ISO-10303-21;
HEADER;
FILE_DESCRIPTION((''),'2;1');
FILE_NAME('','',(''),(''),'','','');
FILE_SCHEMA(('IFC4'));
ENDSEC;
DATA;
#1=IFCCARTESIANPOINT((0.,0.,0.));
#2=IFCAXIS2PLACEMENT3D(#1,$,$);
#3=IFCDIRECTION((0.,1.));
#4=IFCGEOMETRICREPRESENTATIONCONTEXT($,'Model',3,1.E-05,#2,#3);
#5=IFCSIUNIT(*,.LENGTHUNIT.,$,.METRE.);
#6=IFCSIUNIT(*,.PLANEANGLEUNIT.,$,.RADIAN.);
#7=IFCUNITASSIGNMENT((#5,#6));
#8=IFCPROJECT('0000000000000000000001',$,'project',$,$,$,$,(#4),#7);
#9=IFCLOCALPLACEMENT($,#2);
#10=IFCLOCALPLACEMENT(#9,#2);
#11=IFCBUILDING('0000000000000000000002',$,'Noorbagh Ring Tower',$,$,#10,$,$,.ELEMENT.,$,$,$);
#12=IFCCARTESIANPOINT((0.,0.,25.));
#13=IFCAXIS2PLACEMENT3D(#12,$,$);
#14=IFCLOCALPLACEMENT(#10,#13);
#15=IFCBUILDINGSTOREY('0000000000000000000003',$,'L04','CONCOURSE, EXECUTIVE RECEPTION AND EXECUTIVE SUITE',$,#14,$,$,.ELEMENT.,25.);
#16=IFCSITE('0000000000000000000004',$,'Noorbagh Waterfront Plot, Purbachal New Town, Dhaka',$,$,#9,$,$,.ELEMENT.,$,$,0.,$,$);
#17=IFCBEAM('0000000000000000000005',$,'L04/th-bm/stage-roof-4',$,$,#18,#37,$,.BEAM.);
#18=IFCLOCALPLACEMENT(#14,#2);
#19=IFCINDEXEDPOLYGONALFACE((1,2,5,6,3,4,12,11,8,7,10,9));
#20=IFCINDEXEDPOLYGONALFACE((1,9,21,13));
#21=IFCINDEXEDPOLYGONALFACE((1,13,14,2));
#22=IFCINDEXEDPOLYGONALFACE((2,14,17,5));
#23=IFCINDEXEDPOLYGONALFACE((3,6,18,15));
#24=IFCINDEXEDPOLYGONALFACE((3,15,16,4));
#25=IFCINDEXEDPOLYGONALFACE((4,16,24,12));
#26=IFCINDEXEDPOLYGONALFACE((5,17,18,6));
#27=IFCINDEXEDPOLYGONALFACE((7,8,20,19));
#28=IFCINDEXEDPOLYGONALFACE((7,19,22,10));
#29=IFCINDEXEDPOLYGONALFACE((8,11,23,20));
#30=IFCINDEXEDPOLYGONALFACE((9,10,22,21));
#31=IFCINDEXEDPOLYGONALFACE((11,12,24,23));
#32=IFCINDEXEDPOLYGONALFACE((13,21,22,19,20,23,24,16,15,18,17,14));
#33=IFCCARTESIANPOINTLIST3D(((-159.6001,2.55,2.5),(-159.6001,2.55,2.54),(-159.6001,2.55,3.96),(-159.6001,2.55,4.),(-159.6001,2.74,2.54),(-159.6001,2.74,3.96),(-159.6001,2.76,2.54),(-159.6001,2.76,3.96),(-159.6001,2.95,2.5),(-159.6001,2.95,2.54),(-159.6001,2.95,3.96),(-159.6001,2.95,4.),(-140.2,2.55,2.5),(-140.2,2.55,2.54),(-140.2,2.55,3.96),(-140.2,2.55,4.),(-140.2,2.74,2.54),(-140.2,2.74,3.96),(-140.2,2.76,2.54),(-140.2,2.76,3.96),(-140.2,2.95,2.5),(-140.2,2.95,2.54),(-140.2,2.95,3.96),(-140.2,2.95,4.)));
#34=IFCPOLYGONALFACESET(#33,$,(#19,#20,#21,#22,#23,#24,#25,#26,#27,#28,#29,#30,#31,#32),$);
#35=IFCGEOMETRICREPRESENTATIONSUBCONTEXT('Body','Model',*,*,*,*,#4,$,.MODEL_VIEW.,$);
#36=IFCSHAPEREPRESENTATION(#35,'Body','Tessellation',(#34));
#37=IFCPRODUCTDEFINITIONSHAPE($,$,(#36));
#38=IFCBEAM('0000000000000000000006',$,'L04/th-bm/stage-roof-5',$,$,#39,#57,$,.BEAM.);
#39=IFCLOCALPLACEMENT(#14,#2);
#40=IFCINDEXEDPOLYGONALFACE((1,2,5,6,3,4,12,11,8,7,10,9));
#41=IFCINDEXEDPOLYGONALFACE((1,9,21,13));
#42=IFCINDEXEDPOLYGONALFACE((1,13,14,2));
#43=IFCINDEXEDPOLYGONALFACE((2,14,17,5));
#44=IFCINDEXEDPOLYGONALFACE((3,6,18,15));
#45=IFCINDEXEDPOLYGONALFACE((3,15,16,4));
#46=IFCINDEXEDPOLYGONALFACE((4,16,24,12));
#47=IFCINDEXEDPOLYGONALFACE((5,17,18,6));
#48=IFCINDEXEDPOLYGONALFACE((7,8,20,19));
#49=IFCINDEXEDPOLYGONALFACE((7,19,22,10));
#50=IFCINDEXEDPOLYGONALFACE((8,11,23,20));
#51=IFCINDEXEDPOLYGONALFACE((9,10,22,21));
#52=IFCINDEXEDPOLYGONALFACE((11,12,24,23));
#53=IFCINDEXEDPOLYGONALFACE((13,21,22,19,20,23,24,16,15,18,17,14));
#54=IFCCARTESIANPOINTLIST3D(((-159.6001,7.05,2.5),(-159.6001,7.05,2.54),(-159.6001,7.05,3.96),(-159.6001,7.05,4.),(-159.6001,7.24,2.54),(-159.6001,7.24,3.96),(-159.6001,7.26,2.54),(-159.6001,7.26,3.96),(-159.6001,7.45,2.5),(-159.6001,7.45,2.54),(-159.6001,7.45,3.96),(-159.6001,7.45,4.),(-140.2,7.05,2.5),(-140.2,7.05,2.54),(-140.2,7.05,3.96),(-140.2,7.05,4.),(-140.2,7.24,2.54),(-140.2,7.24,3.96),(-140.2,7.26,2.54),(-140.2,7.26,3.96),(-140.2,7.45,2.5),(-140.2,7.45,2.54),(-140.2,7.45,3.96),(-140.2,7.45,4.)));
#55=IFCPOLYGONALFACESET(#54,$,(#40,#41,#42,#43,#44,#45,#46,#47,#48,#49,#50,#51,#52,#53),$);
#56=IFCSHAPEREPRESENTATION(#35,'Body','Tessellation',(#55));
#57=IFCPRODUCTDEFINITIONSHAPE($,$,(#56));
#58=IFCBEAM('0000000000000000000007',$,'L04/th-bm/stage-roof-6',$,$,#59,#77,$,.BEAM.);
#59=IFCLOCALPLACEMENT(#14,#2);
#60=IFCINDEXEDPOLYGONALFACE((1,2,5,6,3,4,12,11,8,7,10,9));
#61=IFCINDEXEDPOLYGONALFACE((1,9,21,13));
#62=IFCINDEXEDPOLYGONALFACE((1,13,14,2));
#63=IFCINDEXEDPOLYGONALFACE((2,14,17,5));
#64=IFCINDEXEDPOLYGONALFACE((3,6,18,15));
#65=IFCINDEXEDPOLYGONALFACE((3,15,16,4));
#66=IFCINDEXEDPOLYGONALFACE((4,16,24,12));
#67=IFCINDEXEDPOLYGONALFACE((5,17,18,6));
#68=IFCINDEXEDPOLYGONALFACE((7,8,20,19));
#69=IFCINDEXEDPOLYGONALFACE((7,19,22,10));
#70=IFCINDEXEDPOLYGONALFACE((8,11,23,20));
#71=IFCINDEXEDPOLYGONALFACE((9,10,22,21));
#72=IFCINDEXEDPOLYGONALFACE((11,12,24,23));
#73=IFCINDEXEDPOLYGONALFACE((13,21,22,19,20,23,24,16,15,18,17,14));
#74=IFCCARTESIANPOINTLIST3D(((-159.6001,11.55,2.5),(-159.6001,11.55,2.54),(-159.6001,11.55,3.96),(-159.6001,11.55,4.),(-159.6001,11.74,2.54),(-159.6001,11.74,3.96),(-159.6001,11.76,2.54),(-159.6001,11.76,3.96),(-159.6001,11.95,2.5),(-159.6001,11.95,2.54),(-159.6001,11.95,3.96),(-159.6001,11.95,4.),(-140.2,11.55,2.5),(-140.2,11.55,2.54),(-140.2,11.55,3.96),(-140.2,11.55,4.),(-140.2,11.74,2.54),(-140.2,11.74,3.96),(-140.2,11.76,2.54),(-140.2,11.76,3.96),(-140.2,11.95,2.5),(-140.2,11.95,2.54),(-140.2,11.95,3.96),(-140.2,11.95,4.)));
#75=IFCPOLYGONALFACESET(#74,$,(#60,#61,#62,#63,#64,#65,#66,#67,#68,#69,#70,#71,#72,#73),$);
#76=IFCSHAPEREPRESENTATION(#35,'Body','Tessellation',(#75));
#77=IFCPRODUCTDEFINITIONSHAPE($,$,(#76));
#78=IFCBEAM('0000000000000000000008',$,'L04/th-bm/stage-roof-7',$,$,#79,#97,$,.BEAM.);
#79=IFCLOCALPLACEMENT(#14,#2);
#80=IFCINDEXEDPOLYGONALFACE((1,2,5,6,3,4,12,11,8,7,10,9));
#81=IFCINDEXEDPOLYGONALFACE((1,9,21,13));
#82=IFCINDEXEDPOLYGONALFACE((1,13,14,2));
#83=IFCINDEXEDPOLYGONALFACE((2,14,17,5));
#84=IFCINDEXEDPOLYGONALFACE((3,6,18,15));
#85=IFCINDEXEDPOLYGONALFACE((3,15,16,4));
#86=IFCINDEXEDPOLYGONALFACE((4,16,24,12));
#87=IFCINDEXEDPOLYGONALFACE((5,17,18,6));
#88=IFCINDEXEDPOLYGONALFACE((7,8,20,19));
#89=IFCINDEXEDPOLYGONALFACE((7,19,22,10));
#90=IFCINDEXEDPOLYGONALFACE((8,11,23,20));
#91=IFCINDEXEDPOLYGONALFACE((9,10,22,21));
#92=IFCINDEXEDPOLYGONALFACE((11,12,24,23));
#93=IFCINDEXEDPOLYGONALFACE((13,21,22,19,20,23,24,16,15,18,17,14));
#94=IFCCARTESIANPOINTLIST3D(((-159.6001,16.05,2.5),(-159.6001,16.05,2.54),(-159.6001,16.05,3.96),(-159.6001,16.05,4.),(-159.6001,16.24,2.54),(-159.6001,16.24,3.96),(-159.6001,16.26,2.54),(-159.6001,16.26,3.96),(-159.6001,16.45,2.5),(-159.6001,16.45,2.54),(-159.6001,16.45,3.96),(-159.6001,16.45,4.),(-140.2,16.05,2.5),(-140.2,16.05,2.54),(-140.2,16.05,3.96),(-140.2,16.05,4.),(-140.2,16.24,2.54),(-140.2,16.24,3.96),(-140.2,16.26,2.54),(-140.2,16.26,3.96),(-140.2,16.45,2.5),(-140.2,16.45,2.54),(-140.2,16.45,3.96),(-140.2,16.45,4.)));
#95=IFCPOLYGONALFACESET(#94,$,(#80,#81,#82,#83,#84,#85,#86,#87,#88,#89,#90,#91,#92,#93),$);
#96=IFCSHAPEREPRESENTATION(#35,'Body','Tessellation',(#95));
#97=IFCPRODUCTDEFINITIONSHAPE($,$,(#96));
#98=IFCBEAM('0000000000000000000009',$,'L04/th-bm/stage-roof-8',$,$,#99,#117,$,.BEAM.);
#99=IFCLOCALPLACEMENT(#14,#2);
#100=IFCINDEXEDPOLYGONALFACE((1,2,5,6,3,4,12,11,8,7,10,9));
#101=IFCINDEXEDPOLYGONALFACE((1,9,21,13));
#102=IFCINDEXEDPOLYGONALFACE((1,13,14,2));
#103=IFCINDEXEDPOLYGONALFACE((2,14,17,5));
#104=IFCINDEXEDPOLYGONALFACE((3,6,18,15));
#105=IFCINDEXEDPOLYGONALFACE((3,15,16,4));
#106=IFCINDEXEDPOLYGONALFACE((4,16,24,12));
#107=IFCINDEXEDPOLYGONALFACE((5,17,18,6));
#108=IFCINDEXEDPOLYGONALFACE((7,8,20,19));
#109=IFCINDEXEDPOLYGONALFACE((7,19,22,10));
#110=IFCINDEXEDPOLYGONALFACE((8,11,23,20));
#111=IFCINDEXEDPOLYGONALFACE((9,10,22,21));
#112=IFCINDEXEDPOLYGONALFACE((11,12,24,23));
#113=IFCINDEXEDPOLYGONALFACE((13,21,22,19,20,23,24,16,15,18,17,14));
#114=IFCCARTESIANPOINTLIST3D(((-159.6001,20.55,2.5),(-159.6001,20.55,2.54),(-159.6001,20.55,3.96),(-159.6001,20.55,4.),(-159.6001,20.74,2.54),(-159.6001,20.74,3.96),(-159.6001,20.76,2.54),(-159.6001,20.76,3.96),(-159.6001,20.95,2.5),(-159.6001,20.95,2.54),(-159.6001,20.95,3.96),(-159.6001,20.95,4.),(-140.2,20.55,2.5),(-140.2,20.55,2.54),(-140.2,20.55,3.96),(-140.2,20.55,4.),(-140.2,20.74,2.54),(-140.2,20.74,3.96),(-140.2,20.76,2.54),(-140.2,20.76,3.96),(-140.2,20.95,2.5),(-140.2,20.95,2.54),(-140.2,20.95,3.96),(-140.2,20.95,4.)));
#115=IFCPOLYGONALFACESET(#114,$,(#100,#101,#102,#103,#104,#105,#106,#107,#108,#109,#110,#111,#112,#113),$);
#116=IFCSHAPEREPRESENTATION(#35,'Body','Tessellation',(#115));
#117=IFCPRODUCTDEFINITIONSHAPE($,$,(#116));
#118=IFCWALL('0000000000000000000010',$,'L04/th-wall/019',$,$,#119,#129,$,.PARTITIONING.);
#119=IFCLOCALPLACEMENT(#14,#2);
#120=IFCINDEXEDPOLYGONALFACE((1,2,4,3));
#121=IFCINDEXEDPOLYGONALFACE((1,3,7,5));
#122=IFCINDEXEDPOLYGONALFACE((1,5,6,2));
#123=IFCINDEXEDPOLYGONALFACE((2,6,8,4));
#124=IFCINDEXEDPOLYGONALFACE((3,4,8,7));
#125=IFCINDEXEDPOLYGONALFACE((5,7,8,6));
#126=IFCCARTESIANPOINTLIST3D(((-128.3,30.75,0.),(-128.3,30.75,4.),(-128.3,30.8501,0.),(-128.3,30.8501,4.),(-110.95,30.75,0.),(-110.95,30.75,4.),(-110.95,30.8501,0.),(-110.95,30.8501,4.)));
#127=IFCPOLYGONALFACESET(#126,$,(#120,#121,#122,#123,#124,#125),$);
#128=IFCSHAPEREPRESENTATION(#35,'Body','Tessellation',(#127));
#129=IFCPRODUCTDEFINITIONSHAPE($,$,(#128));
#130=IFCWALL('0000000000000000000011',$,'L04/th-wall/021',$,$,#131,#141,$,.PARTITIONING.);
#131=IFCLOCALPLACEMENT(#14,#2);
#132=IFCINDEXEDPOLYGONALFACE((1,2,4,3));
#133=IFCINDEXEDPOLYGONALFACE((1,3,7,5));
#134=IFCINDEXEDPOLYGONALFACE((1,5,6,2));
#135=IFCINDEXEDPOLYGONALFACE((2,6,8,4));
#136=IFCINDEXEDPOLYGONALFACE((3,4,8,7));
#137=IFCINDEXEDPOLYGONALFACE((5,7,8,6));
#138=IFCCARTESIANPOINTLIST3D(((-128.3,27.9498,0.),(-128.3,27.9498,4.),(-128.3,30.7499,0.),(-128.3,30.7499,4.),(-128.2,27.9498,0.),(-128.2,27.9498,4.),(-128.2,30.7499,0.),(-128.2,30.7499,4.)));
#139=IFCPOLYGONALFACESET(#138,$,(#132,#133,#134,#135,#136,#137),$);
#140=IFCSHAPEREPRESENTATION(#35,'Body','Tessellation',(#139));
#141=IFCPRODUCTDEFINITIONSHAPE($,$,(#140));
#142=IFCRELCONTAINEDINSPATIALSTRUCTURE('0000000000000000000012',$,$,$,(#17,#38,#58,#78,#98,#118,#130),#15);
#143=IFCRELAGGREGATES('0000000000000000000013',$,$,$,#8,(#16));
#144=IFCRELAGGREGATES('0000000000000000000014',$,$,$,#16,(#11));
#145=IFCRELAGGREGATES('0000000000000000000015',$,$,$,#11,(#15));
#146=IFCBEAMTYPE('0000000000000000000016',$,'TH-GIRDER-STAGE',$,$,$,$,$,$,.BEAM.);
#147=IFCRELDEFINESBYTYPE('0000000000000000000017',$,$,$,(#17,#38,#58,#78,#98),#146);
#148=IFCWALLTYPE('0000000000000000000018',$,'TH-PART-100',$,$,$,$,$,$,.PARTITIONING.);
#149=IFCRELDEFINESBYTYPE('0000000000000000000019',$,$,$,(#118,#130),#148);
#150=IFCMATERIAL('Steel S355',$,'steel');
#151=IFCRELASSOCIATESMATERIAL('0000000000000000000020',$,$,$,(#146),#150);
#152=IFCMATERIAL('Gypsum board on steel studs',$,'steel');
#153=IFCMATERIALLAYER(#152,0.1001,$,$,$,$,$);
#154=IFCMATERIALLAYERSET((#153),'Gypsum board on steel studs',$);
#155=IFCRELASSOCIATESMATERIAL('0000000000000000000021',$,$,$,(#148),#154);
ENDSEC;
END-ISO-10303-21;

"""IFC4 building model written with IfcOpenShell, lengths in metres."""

from ifc_helpers import new_model, si_unit, direction, frame, frame_2d, origin, origin_2d, place, context, subcontext, project, spatial, rectangle, i_section, extrude, material, layer, layer_set, material_profile, profile_set, type_object, element, save


model = new_model("IFC4")

# Units and contexts
model_context = context("Model", 3, precision=1e-05, world=origin(), true_north=direction((0.0, 1.0)))
body_context = subcontext(model_context, "Body", "Model", "MODEL_VIEW")
ifc_project = project(units=[si_unit("LENGTHUNIT", "METRE"), si_unit("PLANEANGLEUNIT", "RADIAN")], contexts=[model_context])

# Site, building, storey
site_placement = place(None, origin())
site = spatial("IfcSite", under=ifc_project, at=site_placement, Name="Noorbagh Waterfront Plot, Purbachal New Town, Dhaka", CompositionType="ELEMENT", RefElevation=0.0)
building_placement = place(site_placement, origin())
building = spatial("IfcBuilding", under=site, at=building_placement, Name="Noorbagh Ring Tower", CompositionType="ELEMENT")
storey_placement = place(building_placement, frame((0.0, 0.0, 25.0)))
storey = spatial("IfcBuildingStorey", under=building, at=storey_placement, Name="L04", Description="CONCOURSE, EXECUTIVE RECEPTION AND EXECUTIVE SUITE", CompositionType="ELEMENT", Elevation=25.0)

# Beams
ifc_material_1 = material(Name="Steel S355", Category="steel")
ifc_material_profile = material_profile(ifc_material_1, i_section(OverallWidth=0.3999, OverallDepth=1.5, WebThickness=0.02, FlangeThickness=0.04, at=origin_2d()), Name="PG1500x400x20x40")
ifc_profile_set = profile_set([ifc_material_profile], Name="Steel S355")
beam_type = type_object("IfcBeamType", Name="TH-GIRDER-STAGE", PredefinedType="BEAM", material=ifc_profile_set)
for number, where, z_axis, x_axis, name in (
    (1, (-159.6001, 2.75, 3.25), (1.0, 0.0, 0.0), (0.0, 1.0, 0.0), "L04/th-bm/stage-roof-4"),
    (2, (-159.6001, 7.25, 3.25), (1.0, 0.0, 0.0), (0.0, 1.0, 0.0), "L04/th-bm/stage-roof-5"),
    (3, (-159.6001, 11.75, 3.25), (1.0, 0.0, 0.0), (0.0, 1.0, 0.0), "L04/th-bm/stage-roof-6"),
    (4, (-159.6001, 16.25, 3.25), (1.0, 0.0, 0.0), (0.0, 1.0, 0.0), "L04/th-bm/stage-roof-7"),
    (5, (-159.6001, 20.75, 3.25), (1.0, 0.0, 0.0), (0.0, 1.0, 0.0), "L04/th-bm/stage-roof-8"),
):
    element("IfcBeam", number, at=place(storey_placement, frame(where, z_axis=z_axis, x_axis=x_axis)), inside=storey, type_object=beam_type, Name=name, PredefinedType="BEAM", context=body_context, shape_type="SweptSolid", body=[
        extrude(i_section(OverallWidth=0.3999, OverallDepth=1.5, WebThickness=0.02, FlangeThickness=0.04, at=origin_2d()), origin(), (0.0, 0.0, 1.0), 19.4001),
    ])

# Walls
ifc_material_2 = material(Name="Gypsum board on steel studs", Category="steel")
ifc_layer_1 = layer(ifc_material_2, 0.1001)
ifc_layer_set_1 = layer_set([ifc_layer_1], Name="Gypsum board on steel studs")
wall_type_1 = type_object("IfcWallType", Name="TH-PART-100", PredefinedType="PARTITIONING", material=ifc_layer_set_1)
wall_1_placement = place(storey_placement, frame((-128.3, 30.8, 0.0), z_axis=(0.0, 0.0, 1.0), x_axis=(1.0, 0.0, 0.0)))
element("IfcWall", 6, at=wall_1_placement, inside=storey, type_object=wall_type_1, Name="L04/th-wall/019", PredefinedType="PARTITIONING", context=body_context, shape_type="SweptSolid", body=[
    extrude(rectangle(XDim=17.3501, YDim=0.1001, at=frame_2d((8.675, 0.0))), origin(), (0.0, 0.0, 1.0), 4.0),
])
wall_2_placement = place(storey_placement, frame((-128.25, 27.95, 0.0), z_axis=(0.0, 0.0, 1.0), x_axis=(0.0, 1.0, 0.0)))
element("IfcWall", 7, at=wall_2_placement, inside=storey, type_object=wall_type_1, Name="L04/th-wall/021", PredefinedType="PARTITIONING", context=body_context, shape_type="SweptSolid", body=[
    extrude(rectangle(XDim=2.8, YDim=0.1001, at=frame_2d((1.3999, 0.0))), origin(), (0.0, 0.0, 1.0), 4.0),
])

save(model, "model.ifc")
